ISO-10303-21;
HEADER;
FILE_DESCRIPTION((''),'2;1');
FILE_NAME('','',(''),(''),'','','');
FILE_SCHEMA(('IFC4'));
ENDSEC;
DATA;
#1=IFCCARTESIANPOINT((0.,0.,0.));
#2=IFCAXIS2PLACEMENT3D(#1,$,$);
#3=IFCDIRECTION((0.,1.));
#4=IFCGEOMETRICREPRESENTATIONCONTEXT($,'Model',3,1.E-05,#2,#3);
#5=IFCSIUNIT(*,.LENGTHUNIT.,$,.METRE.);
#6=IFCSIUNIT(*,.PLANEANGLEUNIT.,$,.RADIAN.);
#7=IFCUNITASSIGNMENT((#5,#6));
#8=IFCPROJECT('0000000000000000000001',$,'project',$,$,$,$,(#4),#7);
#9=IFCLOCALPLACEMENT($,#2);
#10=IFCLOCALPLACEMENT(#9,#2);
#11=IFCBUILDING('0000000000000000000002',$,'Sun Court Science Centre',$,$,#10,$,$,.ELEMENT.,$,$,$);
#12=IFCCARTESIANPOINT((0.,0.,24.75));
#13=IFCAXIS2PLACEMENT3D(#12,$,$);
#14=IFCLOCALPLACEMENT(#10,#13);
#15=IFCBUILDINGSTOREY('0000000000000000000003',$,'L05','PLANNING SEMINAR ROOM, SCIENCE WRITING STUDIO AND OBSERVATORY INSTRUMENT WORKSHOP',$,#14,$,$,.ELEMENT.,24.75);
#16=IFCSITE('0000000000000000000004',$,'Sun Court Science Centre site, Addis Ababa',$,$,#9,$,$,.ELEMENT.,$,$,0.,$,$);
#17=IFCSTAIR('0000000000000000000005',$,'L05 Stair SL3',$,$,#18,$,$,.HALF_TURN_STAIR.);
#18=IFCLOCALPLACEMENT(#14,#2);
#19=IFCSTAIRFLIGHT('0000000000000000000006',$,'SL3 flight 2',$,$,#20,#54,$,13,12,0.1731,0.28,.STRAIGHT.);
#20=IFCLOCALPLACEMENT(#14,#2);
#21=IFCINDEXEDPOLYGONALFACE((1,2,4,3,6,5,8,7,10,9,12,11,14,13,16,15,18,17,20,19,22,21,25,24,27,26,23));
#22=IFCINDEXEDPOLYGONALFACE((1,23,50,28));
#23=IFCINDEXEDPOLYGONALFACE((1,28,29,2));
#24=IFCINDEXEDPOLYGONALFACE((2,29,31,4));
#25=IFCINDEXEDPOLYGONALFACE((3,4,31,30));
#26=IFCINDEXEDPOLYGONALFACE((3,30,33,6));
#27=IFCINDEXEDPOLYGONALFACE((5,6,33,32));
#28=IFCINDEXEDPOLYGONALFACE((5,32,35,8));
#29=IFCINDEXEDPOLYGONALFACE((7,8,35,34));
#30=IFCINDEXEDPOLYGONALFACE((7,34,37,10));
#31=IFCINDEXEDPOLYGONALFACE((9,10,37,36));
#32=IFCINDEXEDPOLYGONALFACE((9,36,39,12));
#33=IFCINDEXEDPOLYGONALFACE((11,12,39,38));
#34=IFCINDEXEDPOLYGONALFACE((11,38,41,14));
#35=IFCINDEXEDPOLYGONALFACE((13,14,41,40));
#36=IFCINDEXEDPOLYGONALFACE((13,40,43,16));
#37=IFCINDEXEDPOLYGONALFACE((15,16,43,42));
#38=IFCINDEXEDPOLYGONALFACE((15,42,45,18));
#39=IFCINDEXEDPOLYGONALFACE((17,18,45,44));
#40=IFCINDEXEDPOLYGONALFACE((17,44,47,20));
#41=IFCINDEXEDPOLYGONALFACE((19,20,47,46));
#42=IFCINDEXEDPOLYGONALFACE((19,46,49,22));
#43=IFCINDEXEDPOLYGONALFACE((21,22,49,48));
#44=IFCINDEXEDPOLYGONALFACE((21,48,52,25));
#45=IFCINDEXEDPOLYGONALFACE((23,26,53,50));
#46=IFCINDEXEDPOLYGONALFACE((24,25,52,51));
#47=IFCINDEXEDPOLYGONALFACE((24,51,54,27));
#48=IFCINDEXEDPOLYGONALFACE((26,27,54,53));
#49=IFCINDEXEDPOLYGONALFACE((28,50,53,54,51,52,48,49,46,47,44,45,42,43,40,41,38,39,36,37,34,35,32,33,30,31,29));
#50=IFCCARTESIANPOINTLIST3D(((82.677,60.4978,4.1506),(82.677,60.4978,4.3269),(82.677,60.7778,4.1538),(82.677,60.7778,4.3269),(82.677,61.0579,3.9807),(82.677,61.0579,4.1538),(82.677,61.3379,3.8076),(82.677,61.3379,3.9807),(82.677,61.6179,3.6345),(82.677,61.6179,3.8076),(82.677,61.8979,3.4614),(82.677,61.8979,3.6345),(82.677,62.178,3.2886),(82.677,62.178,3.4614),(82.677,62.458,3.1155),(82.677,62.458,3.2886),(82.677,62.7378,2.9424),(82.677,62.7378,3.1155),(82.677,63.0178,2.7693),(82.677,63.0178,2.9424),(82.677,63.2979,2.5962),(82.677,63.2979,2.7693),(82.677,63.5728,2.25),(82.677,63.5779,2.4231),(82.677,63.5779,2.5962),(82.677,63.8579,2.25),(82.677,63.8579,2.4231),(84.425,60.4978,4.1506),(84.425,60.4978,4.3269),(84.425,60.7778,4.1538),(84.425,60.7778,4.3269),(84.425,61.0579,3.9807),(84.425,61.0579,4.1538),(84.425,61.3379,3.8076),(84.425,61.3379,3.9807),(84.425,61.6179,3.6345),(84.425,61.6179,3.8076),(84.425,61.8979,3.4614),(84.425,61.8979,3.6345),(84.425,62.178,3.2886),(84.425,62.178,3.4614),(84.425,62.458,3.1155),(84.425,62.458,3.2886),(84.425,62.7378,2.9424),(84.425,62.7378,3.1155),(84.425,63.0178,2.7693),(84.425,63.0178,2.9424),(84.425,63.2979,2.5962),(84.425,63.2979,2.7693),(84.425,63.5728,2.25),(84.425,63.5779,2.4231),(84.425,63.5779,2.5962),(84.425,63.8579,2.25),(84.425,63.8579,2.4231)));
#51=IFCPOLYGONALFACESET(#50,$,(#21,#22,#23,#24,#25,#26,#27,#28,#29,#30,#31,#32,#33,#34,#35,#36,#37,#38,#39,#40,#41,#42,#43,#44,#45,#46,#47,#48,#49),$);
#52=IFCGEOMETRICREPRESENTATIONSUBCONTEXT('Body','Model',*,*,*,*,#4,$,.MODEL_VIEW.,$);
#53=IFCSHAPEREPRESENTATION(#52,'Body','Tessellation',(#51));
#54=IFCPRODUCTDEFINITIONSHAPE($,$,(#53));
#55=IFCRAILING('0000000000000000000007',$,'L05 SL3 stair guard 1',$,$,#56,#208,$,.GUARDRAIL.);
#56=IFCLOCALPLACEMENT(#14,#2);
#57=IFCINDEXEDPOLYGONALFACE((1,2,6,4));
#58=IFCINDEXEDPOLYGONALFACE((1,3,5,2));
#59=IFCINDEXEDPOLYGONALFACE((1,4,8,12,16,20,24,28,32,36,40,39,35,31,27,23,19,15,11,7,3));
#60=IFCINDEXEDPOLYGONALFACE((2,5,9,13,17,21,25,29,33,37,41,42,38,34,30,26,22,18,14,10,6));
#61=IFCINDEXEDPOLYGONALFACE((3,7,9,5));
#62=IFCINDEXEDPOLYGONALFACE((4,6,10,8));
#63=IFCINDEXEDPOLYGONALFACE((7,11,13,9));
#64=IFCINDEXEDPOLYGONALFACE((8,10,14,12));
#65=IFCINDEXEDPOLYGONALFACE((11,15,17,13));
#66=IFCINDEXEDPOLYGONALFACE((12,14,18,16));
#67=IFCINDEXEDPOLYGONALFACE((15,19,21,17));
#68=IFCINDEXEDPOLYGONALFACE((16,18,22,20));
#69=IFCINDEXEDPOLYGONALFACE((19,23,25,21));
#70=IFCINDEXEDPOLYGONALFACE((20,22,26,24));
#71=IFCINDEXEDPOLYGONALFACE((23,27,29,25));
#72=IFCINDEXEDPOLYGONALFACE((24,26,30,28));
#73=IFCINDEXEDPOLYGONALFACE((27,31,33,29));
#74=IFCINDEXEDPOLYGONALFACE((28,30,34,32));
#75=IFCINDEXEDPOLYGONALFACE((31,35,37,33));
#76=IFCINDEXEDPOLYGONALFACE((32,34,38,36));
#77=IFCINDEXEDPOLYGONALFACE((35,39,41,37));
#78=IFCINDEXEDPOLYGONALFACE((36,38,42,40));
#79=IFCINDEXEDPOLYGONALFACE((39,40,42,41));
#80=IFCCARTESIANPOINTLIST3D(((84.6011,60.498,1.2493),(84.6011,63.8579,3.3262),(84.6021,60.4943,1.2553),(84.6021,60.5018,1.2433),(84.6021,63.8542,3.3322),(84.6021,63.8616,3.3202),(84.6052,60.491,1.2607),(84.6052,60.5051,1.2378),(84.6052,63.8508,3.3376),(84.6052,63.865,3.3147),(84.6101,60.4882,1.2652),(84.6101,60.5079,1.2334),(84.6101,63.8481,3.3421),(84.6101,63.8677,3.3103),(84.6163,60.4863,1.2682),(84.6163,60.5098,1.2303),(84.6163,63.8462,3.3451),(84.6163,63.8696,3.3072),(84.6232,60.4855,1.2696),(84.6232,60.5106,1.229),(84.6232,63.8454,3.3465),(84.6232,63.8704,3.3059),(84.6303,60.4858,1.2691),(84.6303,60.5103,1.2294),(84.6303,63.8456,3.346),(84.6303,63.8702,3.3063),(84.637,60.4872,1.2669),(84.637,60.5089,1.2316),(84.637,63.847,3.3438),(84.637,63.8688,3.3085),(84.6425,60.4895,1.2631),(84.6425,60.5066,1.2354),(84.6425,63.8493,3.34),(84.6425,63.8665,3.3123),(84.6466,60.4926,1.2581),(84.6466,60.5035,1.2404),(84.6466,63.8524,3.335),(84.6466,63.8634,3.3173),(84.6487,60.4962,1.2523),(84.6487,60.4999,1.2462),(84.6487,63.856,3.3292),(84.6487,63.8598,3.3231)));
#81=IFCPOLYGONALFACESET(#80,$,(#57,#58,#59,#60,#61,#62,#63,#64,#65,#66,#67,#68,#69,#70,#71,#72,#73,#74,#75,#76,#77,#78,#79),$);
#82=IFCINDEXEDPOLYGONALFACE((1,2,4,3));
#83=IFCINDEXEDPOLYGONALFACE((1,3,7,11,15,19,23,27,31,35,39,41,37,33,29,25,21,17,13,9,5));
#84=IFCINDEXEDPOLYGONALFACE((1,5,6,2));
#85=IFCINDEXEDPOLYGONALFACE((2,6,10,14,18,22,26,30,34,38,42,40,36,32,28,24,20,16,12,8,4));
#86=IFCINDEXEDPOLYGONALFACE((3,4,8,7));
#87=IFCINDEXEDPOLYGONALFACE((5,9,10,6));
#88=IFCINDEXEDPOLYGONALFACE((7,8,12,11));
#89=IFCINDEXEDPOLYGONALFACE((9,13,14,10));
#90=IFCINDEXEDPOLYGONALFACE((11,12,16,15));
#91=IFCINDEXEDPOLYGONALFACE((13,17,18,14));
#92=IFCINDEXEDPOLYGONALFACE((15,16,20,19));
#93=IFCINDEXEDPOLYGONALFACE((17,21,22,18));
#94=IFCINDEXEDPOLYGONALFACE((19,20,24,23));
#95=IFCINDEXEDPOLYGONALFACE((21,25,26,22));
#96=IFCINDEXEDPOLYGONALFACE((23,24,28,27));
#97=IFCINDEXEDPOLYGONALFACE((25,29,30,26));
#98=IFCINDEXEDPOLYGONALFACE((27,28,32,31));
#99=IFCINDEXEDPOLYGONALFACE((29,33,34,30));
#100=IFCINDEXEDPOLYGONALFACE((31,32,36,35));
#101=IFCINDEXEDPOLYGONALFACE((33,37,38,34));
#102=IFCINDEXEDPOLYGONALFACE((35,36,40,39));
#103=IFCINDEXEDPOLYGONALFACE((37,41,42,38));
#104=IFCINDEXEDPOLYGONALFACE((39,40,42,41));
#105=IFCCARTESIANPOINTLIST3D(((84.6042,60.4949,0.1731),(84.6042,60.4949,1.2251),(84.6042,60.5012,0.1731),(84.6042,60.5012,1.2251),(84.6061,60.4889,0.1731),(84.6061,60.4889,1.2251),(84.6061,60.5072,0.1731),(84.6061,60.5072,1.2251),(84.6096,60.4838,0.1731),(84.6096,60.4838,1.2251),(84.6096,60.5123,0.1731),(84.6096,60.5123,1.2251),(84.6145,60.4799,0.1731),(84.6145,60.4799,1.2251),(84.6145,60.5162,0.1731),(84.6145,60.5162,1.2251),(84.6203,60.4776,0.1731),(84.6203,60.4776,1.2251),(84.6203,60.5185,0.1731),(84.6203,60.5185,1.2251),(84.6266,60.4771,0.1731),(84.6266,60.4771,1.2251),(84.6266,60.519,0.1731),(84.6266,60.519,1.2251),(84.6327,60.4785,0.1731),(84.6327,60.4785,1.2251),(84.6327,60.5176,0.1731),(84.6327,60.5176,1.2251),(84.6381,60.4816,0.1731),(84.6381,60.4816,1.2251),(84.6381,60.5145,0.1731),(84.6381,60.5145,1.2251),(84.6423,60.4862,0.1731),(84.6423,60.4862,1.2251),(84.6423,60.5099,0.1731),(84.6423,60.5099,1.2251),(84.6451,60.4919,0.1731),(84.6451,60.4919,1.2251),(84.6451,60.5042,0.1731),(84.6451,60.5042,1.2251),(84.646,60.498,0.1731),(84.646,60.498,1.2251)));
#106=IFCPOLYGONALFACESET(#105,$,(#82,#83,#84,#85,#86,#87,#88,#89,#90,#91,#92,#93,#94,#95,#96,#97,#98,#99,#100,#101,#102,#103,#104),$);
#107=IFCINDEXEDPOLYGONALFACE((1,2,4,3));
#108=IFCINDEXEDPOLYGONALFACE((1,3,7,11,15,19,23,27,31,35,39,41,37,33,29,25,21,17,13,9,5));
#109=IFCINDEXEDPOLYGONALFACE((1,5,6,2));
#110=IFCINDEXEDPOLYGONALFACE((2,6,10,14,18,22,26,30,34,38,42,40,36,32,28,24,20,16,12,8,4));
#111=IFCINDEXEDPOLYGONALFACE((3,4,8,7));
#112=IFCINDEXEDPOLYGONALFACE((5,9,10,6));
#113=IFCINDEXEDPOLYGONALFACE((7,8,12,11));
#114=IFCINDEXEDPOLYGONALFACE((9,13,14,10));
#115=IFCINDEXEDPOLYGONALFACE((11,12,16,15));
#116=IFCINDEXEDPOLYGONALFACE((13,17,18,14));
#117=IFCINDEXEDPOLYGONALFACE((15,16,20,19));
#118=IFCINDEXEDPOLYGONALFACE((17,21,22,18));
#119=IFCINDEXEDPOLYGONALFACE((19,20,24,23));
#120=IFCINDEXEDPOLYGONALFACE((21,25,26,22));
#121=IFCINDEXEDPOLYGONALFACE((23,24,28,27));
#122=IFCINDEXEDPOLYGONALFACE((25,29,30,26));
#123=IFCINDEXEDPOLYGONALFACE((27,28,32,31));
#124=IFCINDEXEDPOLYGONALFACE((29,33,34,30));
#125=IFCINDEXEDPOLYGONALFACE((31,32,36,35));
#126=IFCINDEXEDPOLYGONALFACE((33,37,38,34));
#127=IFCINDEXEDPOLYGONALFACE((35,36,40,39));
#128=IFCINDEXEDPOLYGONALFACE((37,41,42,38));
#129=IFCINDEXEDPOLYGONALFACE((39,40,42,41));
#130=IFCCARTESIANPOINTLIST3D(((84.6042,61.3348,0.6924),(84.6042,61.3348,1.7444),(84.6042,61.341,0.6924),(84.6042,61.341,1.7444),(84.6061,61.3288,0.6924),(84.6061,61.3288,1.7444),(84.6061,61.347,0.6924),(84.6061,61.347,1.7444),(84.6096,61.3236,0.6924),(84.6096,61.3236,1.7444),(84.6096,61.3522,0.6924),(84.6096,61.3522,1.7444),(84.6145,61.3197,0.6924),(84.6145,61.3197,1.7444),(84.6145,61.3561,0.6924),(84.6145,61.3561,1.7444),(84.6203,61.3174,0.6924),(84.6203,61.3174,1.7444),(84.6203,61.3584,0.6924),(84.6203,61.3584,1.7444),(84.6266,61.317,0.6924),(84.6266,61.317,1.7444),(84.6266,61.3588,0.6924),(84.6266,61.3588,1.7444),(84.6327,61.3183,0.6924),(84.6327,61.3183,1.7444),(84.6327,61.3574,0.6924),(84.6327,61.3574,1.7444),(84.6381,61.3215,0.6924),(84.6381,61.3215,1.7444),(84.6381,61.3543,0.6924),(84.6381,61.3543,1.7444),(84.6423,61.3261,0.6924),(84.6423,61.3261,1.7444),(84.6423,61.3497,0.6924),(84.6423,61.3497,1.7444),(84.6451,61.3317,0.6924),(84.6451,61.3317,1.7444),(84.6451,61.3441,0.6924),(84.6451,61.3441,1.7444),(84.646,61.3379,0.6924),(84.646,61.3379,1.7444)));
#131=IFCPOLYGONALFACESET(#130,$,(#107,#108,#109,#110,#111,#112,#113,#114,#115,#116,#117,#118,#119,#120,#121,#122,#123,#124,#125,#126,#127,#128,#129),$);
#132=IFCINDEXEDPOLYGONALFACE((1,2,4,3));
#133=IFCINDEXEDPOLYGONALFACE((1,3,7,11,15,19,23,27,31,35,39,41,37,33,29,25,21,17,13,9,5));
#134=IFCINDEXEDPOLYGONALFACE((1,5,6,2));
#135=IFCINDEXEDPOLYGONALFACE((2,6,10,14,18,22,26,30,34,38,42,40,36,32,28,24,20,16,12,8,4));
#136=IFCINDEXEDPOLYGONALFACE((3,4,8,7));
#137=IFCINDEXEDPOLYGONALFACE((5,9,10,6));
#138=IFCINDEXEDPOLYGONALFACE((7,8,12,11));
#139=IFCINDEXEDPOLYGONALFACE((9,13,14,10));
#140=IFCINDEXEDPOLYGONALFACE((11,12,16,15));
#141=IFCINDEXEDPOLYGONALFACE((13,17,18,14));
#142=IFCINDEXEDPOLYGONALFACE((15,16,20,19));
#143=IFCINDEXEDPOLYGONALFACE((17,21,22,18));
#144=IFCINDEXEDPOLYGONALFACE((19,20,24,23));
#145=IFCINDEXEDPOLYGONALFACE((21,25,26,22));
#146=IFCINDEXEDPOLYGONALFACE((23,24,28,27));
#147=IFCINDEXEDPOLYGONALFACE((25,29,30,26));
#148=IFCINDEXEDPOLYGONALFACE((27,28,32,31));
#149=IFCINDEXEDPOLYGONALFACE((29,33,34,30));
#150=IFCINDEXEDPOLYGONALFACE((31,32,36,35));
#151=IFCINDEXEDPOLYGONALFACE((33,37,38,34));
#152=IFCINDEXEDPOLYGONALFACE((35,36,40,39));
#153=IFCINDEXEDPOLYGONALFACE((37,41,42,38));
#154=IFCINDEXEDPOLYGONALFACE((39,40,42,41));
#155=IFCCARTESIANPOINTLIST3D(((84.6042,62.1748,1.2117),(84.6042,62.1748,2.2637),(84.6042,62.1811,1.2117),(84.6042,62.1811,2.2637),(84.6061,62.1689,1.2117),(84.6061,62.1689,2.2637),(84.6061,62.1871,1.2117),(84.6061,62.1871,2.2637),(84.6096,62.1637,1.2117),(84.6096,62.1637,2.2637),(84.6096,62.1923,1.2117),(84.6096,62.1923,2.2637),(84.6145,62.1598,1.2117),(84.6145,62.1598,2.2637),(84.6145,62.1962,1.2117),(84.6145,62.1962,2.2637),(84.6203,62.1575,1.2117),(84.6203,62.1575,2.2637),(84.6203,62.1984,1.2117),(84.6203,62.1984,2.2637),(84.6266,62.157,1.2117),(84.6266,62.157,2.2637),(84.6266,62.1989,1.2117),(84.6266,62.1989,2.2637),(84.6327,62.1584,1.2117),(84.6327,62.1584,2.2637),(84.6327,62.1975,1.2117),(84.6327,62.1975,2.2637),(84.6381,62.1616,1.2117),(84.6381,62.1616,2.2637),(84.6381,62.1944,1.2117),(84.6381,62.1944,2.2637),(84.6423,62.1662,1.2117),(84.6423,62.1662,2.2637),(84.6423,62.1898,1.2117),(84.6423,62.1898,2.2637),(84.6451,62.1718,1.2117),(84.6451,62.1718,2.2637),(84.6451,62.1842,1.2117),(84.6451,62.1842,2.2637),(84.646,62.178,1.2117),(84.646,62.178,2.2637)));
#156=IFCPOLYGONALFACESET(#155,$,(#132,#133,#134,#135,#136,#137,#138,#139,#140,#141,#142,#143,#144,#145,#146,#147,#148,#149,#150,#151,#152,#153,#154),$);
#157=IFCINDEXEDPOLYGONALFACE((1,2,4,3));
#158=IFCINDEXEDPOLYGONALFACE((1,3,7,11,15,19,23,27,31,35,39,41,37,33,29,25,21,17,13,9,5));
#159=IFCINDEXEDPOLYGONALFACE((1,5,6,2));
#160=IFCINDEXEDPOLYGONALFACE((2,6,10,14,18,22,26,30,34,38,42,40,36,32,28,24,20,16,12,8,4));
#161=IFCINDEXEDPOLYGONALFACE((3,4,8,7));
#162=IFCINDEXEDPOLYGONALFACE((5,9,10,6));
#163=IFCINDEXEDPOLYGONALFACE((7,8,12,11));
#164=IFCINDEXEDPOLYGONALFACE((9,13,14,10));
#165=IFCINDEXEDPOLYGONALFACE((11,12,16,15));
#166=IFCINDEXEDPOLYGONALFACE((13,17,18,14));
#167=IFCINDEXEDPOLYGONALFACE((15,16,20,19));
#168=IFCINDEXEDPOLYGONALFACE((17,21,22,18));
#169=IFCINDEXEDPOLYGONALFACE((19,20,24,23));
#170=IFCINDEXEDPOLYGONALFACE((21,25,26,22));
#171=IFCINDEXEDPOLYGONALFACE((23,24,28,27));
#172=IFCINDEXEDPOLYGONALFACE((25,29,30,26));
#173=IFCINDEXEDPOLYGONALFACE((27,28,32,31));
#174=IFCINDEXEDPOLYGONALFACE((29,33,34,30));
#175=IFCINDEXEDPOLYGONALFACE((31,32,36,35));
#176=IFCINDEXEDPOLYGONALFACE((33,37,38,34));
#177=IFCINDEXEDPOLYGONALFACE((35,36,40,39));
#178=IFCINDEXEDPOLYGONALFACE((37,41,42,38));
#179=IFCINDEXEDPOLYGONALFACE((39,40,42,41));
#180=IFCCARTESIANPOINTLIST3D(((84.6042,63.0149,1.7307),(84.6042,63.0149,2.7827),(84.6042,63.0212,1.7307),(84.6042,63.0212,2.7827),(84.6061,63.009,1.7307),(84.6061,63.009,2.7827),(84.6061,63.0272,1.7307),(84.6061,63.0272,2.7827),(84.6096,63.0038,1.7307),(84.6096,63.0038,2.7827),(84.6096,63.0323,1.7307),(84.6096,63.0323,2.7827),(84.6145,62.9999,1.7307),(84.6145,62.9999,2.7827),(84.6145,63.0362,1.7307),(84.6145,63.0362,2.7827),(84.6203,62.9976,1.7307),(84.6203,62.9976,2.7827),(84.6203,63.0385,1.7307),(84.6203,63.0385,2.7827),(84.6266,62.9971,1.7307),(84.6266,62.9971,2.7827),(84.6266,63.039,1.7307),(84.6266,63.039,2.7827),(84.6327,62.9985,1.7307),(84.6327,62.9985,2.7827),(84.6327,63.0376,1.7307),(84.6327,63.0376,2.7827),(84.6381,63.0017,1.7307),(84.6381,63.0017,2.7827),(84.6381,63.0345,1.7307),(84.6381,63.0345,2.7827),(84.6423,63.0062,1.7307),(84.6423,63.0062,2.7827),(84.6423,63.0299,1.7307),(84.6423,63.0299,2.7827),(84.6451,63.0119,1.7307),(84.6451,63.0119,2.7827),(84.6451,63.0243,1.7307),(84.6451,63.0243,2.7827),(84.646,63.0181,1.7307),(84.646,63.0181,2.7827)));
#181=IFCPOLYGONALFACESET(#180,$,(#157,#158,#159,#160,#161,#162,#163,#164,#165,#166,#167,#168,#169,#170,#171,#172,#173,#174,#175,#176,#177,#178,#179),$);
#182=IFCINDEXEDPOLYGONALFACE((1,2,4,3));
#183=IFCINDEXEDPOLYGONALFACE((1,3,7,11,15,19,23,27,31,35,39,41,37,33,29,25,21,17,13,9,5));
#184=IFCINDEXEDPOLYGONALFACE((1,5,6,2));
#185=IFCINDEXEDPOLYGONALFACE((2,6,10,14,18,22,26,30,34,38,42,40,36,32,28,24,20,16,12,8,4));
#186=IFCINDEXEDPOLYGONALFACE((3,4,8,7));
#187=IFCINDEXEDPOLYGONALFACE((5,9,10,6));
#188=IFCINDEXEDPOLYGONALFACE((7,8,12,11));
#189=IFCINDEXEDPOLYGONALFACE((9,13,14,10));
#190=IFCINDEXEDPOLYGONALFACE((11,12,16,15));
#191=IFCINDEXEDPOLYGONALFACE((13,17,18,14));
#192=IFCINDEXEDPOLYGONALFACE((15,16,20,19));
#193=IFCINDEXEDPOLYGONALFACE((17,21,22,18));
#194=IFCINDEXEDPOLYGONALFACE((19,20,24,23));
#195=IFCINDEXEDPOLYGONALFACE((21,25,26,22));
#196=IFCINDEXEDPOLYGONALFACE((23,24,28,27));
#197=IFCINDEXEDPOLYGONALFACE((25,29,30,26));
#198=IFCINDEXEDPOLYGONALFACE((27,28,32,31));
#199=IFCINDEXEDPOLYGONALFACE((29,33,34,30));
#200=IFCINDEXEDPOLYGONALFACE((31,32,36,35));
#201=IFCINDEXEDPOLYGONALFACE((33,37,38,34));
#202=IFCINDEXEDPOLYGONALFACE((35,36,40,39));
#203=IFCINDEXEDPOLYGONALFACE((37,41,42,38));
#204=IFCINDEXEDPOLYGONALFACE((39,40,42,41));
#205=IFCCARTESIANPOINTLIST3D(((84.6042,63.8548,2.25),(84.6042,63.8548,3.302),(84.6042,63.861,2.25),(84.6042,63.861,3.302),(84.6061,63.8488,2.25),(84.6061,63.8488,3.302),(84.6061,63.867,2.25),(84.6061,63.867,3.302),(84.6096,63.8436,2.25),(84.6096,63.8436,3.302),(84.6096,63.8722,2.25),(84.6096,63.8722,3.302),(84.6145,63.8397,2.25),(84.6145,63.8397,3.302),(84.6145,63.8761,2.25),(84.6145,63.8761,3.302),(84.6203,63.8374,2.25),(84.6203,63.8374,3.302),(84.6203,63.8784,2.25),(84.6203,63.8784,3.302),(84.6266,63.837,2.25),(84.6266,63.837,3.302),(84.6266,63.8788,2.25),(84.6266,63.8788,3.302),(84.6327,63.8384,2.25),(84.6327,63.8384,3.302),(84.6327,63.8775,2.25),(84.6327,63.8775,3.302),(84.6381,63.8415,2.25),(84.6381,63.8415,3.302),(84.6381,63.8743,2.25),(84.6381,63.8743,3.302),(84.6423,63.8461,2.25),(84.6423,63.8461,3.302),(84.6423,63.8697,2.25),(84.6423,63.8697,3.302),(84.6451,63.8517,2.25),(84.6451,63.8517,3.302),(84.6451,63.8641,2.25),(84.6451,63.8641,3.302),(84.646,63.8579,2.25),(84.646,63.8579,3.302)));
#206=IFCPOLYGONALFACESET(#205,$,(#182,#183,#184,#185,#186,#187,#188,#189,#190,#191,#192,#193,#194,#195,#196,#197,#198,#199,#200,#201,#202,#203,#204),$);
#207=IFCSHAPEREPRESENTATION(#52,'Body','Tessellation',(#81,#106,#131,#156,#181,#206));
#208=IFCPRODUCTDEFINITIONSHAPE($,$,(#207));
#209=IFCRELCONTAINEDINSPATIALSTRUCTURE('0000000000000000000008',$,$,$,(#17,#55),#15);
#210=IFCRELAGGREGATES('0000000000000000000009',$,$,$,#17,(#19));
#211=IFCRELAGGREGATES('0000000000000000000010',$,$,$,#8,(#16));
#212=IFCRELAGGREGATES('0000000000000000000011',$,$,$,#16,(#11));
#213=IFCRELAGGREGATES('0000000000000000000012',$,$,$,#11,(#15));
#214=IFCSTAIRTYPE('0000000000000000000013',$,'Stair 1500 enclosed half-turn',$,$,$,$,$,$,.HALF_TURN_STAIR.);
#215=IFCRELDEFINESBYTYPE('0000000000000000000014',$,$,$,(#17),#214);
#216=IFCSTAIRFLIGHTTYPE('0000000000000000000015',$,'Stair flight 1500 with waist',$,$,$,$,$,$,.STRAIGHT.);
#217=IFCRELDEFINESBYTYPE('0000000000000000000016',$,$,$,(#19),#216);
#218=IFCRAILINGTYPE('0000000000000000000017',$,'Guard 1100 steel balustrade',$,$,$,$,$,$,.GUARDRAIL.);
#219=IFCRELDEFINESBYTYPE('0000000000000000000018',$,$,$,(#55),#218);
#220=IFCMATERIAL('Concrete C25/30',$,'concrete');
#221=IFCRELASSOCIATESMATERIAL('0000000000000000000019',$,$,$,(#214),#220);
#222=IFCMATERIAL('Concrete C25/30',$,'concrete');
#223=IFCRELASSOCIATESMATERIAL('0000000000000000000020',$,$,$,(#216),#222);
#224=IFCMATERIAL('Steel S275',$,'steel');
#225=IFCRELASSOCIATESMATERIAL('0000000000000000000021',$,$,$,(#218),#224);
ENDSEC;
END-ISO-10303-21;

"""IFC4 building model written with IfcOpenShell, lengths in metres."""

from ifc_helpers import new_model, si_unit, direction, frame, origin, origin_2d, place, context, subcontext, project, spatial, polyline, circle, outline, extrude, material, type_object, element, aggregate, save


model = new_model("IFC4")

# Units and contexts
model_context = context("Model", 3, precision=1e-05, world=origin(), true_north=direction((0.0, 1.0)))
body_context = subcontext(model_context, "Body", "Model", "MODEL_VIEW")
ifc_project = project(units=[si_unit("LENGTHUNIT", "METRE"), si_unit("PLANEANGLEUNIT", "RADIAN")], contexts=[model_context])

# Site, building, storey
site_placement = place(None, origin())
site = spatial("IfcSite", under=ifc_project, at=site_placement, Name="Sun Court Science Centre site, Addis Ababa", CompositionType="ELEMENT", RefElevation=0.0)
building_placement = place(site_placement, origin())
building = spatial("IfcBuilding", under=site, at=building_placement, Name="Sun Court Science Centre", CompositionType="ELEMENT")
storey_placement = place(building_placement, frame((0.0, 0.0, 24.75)))
storey = spatial("IfcBuildingStorey", under=building, at=storey_placement, Name="L05", Description="PLANNING SEMINAR ROOM, SCIENCE WRITING STUDIO AND OBSERVATORY INSTRUMENT WORKSHOP", CompositionType="ELEMENT", Elevation=24.75)

# Stair, stair flight
ifc_material_1 = material(Name="Concrete C25/30", Category="concrete")
stair_type = type_object("IfcStairType", Name="Stair 1500 enclosed half-turn", PredefinedType="HALF_TURN_STAIR", material=ifc_material_1)
stair_placement = place(storey_placement, origin())
stair = element("IfcStair", 1, at=stair_placement, inside=storey, type_object=stair_type, Name="L05 Stair SL3", PredefinedType="HALF_TURN_STAIR")
ifc_material_2 = material(Name="Concrete C25/30", Category="concrete")
stair_flight_type = type_object("IfcStairFlightType", Name="Stair flight 1500 with waist", PredefinedType="STRAIGHT", material=ifc_material_2)
stair_flight_1_placement = place(storey_placement, frame((83.551, 63.8579, 2.25), z_axis=(0.0, 0.0, 1.0), x_axis=(0.0, -1.0, 0.0)))
stair_flight_1 = element("IfcStairFlight", 2, at=stair_flight_1_placement, type_object=stair_flight_type, Name="SL3 flight 2", NumberOfRisers=13, NumberOfTreads=12, PredefinedType="STRAIGHT", RiserHeight=0.1731, TreadLength=0.28, context=body_context, shape_type="SweptSolid", body=[
    extrude(outline(polyline([(0.0, 0.0), (0.0, 0.1731), (0.28, 0.1731), (0.28, 0.3462), (0.5601, 0.3462), (0.5601, 0.5193), (0.8401, 0.5193), (0.8401, 0.6924), (1.1201, 0.6924), (1.1201, 0.8655), (1.3999, 0.8655), (1.3999, 1.0386), (1.6799, 1.0386), (1.6799, 1.2114), (1.96, 1.2114), (1.96, 1.3845), (2.24, 1.3845), (2.24, 1.5576), (2.52, 1.5576), (2.52, 1.7307), (2.8, 1.7307), (2.8, 1.9038), (3.0801, 1.9038), (3.0801, 2.0769), (3.3601, 2.0769), (3.3601, 2.25), (3.3601, 1.9006), (0.2852, 0.0), (0.0, 0.0)])), frame((0.0, 0.874, 0.0), z_axis=(0.0, -1.0, 0.0), x_axis=(1.0, 0.0, 0.0)), (0.0, 0.0, 1.0), 1.748),
])
aggregate(stair, [stair_flight_1])

# Railing
ifc_material_3 = material(Name="Steel S275", Category="steel")
railing_type_1 = type_object("IfcRailingType", Name="Guard 1100 steel balustrade", PredefinedType="GUARDRAIL", material=ifc_material_3)
railing_1_placement = place(storey_placement, frame((84.625, 60.498, 0.1731)))
element("IfcRailing", 3, at=railing_1_placement, inside=storey, type_object=railing_type_1, Name="L05 SL3 stair guard 1", PredefinedType="GUARDRAIL", context=body_context, shape_type="SweptSolid", body=[
    extrude(circle(Radius=0.0239, at=origin_2d()), frame((0.0, 0.0, 1.0762), z_axis=(0.0, 0.850606, 0.525803), x_axis=(-1.0, 0.0, 0.0)), (0.0, 0.0, 1.0), 3.95),
    extrude(circle(Radius=0.021, at=origin_2d()), origin(), (0.0, 0.0, 1.0), 1.052),
    extrude(circle(Radius=0.021, at=origin_2d()), frame((0.0, 0.8398, 0.5193)), (0.0, 0.0, 1.0), 1.052),
    extrude(circle(Radius=0.021, at=origin_2d()), frame((0.0, 1.6799, 1.0386)), (0.0, 0.0, 1.0), 1.052),
    extrude(circle(Radius=0.021, at=origin_2d()), frame((0.0, 2.52, 1.5576)), (0.0, 0.0, 1.0), 1.052),
    extrude(circle(Radius=0.021, at=origin_2d()), frame((0.0, 3.3599, 2.0769)), (0.0, 0.0, 1.0), 1.052),
])

save(model, "model.ifc")
